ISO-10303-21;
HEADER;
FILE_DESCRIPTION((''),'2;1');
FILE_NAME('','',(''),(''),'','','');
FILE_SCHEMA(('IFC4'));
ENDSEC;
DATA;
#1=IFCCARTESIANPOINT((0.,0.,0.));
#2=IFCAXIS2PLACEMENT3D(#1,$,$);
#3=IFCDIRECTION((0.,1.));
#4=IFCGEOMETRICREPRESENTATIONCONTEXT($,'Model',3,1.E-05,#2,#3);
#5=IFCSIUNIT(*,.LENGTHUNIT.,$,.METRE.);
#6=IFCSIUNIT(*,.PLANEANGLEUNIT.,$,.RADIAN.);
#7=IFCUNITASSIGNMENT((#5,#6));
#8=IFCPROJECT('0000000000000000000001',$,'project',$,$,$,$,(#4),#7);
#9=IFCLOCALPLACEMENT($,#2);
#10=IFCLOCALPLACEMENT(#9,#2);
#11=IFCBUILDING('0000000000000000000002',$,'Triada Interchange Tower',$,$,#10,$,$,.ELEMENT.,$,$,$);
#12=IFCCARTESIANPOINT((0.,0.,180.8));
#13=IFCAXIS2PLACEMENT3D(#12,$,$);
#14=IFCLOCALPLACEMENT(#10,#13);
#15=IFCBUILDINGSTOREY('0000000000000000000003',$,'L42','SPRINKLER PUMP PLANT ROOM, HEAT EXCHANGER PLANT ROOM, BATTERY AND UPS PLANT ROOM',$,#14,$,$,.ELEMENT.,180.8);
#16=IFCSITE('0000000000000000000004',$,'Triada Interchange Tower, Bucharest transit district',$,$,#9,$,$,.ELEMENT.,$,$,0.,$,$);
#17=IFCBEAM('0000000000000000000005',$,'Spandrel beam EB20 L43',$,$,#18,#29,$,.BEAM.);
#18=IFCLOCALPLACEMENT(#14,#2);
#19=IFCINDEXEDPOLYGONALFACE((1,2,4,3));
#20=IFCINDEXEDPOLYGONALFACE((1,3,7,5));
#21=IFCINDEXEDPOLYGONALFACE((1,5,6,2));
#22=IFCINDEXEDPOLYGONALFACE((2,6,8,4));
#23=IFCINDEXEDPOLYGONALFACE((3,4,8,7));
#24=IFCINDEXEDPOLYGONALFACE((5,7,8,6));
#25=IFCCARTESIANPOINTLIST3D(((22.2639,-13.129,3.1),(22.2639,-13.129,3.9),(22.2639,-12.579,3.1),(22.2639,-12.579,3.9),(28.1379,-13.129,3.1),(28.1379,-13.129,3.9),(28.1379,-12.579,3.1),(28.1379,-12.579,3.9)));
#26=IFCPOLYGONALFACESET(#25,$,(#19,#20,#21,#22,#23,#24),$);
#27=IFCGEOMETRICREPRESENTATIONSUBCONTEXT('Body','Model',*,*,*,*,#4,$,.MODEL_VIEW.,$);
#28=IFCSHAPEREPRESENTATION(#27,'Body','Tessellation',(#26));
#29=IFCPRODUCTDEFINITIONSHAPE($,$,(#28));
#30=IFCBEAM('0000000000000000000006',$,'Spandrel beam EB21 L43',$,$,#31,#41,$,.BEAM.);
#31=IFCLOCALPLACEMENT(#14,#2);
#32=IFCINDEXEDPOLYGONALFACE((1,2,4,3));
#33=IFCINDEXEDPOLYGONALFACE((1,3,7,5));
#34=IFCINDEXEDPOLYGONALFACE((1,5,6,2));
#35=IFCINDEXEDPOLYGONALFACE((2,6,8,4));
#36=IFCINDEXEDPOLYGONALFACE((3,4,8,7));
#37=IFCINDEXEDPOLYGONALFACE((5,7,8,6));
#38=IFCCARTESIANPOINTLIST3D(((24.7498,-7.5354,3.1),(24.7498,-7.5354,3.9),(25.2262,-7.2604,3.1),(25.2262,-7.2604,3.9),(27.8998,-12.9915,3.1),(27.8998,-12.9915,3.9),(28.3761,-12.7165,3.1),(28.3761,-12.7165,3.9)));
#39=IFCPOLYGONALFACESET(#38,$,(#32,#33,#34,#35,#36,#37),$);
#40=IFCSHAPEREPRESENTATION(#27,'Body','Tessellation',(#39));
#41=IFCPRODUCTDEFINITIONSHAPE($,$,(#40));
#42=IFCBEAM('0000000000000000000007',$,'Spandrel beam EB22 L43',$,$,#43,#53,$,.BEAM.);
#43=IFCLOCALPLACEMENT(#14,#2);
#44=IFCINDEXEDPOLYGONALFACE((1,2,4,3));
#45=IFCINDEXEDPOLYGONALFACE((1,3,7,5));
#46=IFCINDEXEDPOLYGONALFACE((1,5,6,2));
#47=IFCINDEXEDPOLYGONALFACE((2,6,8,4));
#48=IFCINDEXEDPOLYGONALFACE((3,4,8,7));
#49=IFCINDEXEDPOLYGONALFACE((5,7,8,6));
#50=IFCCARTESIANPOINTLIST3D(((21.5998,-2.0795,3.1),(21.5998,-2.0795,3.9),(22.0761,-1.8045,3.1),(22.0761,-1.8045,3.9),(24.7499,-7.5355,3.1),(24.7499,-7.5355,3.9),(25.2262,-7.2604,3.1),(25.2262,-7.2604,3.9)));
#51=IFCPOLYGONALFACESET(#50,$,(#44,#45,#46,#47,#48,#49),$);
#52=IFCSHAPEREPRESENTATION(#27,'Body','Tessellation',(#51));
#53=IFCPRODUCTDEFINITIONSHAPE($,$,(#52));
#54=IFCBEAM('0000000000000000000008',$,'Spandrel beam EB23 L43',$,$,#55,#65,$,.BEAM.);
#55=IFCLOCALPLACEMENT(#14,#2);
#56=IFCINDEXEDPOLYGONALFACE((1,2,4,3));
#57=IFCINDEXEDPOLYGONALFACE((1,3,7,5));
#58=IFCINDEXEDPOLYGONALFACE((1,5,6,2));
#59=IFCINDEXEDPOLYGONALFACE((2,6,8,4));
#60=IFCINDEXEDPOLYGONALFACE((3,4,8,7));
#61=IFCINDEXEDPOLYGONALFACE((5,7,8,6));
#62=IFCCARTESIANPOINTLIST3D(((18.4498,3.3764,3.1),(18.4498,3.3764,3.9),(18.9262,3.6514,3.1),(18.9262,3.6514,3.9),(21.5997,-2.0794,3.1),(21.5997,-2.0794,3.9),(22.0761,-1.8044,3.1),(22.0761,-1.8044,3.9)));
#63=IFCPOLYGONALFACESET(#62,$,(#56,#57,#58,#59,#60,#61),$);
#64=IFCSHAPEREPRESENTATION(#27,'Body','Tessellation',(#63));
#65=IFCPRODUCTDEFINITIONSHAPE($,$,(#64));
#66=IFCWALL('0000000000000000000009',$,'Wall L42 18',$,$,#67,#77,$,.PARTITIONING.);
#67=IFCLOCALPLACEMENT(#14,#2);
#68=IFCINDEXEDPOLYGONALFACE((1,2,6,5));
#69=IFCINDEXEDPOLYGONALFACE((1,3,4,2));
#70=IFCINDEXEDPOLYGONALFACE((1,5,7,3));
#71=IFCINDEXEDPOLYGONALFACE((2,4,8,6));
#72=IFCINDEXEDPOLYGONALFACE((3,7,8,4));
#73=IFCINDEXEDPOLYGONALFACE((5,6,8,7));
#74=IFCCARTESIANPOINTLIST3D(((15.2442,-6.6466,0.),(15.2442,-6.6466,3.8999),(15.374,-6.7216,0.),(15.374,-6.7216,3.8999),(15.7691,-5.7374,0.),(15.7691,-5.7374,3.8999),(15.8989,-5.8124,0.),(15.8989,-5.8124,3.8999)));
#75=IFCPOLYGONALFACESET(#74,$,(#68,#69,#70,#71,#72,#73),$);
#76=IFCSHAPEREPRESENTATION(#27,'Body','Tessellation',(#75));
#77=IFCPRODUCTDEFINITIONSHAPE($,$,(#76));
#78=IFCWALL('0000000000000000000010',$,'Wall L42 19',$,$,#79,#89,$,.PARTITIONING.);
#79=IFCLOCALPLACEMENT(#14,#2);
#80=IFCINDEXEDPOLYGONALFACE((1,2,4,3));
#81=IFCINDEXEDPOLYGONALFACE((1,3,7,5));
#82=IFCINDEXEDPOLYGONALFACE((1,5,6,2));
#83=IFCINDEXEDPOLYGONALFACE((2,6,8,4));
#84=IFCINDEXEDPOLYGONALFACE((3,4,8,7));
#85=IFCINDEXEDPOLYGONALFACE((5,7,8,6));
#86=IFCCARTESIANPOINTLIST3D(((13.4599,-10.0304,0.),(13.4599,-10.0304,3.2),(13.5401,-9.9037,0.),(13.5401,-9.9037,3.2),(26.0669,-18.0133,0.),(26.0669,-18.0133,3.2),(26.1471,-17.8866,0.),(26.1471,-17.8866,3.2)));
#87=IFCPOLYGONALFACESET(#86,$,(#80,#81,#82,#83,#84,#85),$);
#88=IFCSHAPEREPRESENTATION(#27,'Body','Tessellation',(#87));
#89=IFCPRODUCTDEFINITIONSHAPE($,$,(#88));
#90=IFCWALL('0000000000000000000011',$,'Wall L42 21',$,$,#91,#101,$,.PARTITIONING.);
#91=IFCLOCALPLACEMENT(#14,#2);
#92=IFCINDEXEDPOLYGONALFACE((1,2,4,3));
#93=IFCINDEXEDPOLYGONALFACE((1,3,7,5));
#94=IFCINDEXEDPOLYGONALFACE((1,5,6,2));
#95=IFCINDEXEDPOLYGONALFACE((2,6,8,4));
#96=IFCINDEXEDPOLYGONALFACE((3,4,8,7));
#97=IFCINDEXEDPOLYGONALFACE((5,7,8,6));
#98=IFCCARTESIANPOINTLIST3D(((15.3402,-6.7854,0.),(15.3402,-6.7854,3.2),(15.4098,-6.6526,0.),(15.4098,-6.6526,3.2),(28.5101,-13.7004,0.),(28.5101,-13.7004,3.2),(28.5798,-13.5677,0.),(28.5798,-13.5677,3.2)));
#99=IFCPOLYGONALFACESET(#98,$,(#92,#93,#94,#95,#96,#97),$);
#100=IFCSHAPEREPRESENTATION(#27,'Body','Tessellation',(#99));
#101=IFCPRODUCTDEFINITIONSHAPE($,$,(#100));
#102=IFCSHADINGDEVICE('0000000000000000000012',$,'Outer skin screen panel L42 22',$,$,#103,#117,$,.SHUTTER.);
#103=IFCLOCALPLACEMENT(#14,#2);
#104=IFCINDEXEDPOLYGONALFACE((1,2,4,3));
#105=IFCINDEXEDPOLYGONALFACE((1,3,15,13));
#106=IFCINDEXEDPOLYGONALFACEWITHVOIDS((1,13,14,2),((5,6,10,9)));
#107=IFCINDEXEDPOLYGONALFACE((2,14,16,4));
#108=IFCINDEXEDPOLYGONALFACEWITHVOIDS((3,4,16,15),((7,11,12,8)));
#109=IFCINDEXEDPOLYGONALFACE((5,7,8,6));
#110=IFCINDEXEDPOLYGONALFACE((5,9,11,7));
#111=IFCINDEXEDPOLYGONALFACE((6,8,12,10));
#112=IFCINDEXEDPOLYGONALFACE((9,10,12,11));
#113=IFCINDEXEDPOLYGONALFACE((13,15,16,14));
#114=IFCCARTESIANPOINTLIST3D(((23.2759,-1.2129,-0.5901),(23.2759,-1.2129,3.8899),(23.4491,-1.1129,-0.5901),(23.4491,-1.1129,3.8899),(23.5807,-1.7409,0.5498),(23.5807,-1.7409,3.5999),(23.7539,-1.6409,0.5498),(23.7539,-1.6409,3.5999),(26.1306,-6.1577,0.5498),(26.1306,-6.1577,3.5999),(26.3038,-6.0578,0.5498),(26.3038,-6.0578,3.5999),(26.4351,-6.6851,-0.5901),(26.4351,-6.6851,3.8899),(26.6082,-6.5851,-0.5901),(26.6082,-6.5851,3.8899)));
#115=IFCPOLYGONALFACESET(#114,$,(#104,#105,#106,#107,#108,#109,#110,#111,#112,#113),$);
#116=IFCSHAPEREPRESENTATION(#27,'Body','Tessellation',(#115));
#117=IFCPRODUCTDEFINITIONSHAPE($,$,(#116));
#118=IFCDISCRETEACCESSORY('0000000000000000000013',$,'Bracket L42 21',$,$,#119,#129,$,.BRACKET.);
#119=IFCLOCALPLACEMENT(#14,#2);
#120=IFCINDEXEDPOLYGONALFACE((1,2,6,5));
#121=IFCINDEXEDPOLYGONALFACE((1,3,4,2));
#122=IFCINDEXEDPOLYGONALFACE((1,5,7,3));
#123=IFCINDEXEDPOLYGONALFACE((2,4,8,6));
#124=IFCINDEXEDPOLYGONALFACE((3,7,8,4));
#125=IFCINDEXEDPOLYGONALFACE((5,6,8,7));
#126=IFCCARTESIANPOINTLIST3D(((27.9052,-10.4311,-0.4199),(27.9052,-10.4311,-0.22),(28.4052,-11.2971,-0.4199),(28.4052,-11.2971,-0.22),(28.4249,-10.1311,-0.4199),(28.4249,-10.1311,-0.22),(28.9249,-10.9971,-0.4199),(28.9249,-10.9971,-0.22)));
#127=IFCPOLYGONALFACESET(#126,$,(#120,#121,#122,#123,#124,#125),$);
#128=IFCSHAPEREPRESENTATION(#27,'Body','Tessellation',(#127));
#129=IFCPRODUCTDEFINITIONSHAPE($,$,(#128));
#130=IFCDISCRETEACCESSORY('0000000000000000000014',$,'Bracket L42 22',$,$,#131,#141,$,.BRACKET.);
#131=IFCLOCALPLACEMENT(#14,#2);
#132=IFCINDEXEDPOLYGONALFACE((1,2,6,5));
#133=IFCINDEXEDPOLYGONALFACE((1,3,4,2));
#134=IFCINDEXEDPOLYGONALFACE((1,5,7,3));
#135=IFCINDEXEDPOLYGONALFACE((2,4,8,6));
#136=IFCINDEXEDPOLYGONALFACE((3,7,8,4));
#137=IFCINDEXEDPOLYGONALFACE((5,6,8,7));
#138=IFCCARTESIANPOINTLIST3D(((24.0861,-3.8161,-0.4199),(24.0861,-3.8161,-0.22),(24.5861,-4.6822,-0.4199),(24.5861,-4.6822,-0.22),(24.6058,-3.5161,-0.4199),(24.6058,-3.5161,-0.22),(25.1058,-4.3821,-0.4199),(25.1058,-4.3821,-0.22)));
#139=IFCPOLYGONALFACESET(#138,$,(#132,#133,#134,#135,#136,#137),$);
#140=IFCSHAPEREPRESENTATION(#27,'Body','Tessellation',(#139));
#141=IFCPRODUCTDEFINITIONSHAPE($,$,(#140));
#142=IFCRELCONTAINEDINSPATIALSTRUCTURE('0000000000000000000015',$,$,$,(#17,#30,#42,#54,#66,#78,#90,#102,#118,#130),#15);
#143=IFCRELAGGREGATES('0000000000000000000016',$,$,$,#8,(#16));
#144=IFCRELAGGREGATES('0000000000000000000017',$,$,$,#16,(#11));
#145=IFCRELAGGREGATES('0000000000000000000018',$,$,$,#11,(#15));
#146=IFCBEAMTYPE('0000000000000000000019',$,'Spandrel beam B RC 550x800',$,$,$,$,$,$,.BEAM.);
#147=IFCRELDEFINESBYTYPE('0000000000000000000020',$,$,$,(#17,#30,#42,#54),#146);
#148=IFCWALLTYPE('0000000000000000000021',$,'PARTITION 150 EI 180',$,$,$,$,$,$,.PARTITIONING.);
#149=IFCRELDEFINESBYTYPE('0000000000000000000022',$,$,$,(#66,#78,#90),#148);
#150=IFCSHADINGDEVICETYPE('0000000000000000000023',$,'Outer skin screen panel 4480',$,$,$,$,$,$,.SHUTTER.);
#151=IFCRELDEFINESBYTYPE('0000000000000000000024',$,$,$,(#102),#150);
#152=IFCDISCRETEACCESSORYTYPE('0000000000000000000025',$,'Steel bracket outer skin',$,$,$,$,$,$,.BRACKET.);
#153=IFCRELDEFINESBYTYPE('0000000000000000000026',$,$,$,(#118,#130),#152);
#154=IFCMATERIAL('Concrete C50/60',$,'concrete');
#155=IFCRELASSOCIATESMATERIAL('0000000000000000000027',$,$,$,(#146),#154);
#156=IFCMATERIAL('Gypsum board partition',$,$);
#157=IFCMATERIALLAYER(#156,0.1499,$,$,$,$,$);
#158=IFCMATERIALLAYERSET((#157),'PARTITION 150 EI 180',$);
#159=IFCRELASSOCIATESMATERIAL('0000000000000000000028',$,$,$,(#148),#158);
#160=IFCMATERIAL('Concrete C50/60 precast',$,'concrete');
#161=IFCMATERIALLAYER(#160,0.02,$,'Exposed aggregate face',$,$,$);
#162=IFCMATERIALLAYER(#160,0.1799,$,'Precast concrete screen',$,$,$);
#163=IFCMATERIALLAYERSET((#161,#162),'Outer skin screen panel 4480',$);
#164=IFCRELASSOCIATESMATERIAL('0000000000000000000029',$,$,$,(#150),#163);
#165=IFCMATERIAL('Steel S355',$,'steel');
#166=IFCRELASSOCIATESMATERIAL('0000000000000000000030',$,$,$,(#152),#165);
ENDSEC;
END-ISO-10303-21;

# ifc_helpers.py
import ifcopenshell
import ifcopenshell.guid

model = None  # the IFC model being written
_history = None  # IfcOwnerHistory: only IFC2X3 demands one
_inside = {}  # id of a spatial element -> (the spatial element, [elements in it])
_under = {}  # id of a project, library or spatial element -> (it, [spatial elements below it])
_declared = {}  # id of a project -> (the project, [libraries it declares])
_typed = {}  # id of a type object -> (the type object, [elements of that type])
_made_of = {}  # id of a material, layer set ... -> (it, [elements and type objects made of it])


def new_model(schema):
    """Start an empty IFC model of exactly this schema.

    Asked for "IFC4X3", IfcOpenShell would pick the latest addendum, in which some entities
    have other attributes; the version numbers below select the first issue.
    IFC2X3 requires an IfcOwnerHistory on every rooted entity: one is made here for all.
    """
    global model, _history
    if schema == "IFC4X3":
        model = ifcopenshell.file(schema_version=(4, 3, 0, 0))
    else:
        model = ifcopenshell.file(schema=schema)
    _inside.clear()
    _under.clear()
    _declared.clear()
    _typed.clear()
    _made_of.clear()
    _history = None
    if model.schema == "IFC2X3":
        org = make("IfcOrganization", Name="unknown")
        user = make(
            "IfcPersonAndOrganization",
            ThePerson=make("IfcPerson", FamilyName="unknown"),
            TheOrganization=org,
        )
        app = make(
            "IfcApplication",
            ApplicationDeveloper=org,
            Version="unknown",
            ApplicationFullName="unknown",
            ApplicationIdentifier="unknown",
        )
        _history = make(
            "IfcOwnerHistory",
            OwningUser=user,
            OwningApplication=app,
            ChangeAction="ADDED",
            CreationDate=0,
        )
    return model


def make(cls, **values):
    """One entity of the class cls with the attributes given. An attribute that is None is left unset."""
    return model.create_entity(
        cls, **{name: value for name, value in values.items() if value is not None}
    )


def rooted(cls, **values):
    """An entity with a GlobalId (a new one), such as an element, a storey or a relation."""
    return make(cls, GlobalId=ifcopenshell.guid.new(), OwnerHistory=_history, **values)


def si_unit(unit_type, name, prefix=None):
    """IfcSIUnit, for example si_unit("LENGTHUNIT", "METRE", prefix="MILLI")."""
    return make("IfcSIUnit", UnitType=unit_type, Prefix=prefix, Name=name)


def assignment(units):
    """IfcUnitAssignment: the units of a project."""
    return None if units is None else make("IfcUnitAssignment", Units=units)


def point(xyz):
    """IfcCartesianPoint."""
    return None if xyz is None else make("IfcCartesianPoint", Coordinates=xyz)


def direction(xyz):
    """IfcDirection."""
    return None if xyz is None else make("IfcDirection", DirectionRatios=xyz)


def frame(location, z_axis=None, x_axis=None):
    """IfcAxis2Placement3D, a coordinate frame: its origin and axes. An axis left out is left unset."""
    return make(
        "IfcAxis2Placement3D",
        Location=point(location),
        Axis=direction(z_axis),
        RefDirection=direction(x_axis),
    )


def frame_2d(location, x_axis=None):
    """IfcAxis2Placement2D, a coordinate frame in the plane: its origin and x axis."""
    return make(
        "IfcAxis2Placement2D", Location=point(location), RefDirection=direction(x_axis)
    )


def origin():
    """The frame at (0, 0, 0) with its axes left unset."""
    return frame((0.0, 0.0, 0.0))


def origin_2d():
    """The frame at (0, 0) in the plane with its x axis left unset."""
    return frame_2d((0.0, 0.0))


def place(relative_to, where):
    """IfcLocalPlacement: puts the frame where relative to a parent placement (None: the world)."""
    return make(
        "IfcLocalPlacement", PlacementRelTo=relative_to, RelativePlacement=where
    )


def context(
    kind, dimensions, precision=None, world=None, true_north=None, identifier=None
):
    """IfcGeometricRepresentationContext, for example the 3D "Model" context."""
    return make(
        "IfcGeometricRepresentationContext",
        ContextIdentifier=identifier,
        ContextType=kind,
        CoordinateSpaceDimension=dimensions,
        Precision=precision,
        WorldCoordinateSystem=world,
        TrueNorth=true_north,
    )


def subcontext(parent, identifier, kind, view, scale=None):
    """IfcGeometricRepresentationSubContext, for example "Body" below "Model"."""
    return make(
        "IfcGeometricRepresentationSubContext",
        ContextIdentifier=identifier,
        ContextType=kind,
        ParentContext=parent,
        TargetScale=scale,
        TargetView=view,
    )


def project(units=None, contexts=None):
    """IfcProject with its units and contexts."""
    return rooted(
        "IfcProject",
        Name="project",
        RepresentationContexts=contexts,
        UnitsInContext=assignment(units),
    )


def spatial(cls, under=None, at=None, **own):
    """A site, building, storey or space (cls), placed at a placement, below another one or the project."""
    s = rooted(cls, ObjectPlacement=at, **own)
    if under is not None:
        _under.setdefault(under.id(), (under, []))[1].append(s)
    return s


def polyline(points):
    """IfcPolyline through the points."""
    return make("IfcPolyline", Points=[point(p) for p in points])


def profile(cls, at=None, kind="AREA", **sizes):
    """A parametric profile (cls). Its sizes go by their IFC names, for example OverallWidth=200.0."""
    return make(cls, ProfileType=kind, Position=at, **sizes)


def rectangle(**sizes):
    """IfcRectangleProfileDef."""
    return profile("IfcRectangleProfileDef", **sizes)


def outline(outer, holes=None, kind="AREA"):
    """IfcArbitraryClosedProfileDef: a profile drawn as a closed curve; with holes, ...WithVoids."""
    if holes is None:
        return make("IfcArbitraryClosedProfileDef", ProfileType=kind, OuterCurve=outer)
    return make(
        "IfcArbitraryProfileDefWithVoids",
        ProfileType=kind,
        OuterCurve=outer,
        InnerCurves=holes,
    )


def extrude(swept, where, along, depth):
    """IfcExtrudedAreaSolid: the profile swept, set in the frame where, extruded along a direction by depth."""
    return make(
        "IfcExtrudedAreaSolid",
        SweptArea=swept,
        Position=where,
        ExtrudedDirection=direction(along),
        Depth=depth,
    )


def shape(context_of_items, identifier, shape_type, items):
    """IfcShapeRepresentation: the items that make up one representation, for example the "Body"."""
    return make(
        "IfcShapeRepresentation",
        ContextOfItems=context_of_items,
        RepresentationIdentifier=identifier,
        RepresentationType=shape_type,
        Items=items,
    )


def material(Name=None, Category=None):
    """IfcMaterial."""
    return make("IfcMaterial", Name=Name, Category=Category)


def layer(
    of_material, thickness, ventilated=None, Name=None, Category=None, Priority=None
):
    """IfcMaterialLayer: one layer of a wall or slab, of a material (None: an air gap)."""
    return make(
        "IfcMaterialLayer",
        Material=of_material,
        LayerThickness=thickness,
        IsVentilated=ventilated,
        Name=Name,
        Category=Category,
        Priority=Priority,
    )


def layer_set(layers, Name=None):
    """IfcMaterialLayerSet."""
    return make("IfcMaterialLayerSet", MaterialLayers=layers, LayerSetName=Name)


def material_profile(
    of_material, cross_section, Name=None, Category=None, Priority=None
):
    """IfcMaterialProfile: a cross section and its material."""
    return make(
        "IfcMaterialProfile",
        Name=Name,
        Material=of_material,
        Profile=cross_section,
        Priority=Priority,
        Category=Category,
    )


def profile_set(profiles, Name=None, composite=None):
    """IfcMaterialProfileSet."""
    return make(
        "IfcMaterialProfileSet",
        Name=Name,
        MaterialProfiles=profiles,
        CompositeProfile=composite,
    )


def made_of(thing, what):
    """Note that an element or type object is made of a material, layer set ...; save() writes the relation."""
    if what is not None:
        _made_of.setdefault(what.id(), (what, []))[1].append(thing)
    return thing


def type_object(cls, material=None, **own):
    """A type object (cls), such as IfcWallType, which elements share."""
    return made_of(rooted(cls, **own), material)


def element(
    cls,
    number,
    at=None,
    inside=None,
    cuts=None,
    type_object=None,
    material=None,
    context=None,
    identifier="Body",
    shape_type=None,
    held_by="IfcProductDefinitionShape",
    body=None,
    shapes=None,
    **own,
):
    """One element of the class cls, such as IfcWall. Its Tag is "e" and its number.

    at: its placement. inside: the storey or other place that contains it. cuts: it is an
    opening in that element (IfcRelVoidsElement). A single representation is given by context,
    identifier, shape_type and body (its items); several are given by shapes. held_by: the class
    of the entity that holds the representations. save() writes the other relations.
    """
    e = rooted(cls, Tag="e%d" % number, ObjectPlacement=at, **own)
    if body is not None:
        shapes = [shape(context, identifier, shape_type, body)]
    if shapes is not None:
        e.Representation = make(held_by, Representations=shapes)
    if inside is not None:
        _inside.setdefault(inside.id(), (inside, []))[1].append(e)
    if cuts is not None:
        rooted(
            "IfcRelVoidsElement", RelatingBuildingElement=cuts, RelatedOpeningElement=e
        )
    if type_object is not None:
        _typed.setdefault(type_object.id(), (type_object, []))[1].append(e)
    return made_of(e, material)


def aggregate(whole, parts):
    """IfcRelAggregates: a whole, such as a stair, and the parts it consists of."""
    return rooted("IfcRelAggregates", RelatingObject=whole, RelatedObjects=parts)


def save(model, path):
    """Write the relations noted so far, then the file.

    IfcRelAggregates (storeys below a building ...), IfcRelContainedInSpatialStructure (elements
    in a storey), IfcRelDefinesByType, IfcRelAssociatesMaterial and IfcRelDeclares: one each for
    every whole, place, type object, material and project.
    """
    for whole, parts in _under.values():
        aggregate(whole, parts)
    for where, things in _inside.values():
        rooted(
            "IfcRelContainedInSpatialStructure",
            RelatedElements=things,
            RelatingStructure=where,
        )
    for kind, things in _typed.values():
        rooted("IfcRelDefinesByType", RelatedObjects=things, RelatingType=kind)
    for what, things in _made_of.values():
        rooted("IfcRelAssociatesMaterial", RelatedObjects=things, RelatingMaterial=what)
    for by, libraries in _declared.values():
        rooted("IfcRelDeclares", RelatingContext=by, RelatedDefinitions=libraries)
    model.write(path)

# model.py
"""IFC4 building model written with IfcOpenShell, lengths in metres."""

from ifc_helpers import new_model, si_unit, direction, frame, frame_2d, origin, origin_2d, place, context, subcontext, project, spatial, polyline, rectangle, outline, extrude, material, layer, layer_set, material_profile, profile_set, type_object, element, save


model = new_model("IFC4")

# Units and contexts
model_context = context("Model", 3, precision=1e-05, world=origin(), true_north=direction((0.0, 1.0)))
body_context = subcontext(model_context, "Body", "Model", "MODEL_VIEW")
ifc_project = project(units=[si_unit("LENGTHUNIT", "METRE"), si_unit("PLANEANGLEUNIT", "RADIAN")], contexts=[model_context])

# Site, building, storey
site_placement = place(None, origin())
site = spatial("IfcSite", under=ifc_project, at=site_placement, Name="Triada Interchange Tower, Bucharest transit district", CompositionType="ELEMENT", RefElevation=0.0)
building_placement = place(site_placement, origin())
building = spatial("IfcBuilding", under=site, at=building_placement, Name="Triada Interchange Tower", CompositionType="ELEMENT")
storey_placement = place(building_placement, frame((0.0, 0.0, 180.8)))
storey = spatial("IfcBuildingStorey", under=building, at=storey_placement, Name="L42", Description="SPRINKLER PUMP PLANT ROOM, HEAT EXCHANGER PLANT ROOM, BATTERY AND UPS PLANT ROOM", CompositionType="ELEMENT", Elevation=180.8)

# Shared definitions
ifc_material_1 = material(Name="Steel S355", Category="steel")

# Beams
ifc_material_2 = material(Name="Concrete C50/60", Category="concrete")
ifc_material_profile_1 = material_profile(ifc_material_2, rectangle(XDim=0.55, YDim=0.8, at=origin_2d()), Name="RC 550x800")
ifc_profile_set_1 = profile_set([ifc_material_profile_1], Name="Concrete C50/60")
beam_type_1 = type_object("IfcBeamType", Name="Spandrel beam B RC 550x800", PredefinedType="BEAM", material=ifc_profile_set_1)
beam_1_placement = place(storey_placement, frame((22.2639, -12.854, 3.5), z_axis=(1.0, 0.0, 0.0), x_axis=(0.0, 1.0, 0.0)))
element("IfcBeam", 1, at=beam_1_placement, inside=storey, type_object=beam_type_1, Name="Spandrel beam EB20 L43", PredefinedType="BEAM", context=body_context, shape_type="SweptSolid", body=[
    extrude(rectangle(XDim=0.55, YDim=0.8, at=origin_2d()), origin(), (0.0, 0.0, 1.0), 5.874),
])
for number, where, z_axis, x_axis, name in (
    (2, (28.1379, -12.854, 3.5), (-0.499982, 0.866036, 0.0), (-0.866036, -0.499982, 0.0), "Spandrel beam EB21 L43"),
    (3, (24.988, -7.3979, 3.5), (-0.500011, 0.866019, 0.0), (-0.866019, -0.500011, 0.0), "Spandrel beam EB22 L43"),
):
    element("IfcBeam", number, at=place(storey_placement, frame(where, z_axis=z_axis, x_axis=x_axis)), inside=storey, type_object=beam_type_1, Name=name, PredefinedType="BEAM", context=body_context, shape_type="SweptSolid", body=[
        extrude(rectangle(XDim=0.55, YDim=0.8, at=origin_2d()), origin(), (0.0, 0.0, 1.0), 6.3),
    ])
beam_2_placement = place(storey_placement, frame((21.8379, -1.9419, 3.5), z_axis=(-0.499999, 0.866026, 0.0), x_axis=(-0.866026, -0.499999, 0.0)))
element("IfcBeam", 4, at=beam_2_placement, inside=storey, type_object=beam_type_1, Name="Spandrel beam EB23 L43", PredefinedType="BEAM", context=body_context, shape_type="SweptSolid", body=[
    extrude(rectangle(XDim=0.55, YDim=0.8, at=origin_2d()), origin(), (0.0, 0.0, 1.0), 6.2998),
])

# Walls
ifc_material_3 = material(Name="Gypsum board partition")
ifc_layer_1 = layer(ifc_material_3, 0.1499)
ifc_layer_set_1 = layer_set([ifc_layer_1], Name="PARTITION 150 EI 180")
wall_type = type_object("IfcWallType", Name="PARTITION 150 EI 180", PredefinedType="PARTITIONING", material=ifc_layer_set_1)
wall_1_placement = place(storey_placement, frame((15.3091, -6.6841, 0.0), z_axis=(0.0, 0.0, 1.0), x_axis=(0.499991, 0.866031, 0.0)))
element("IfcWall", 5, at=wall_1_placement, inside=storey, type_object=wall_type, Name="Wall L42 18", PredefinedType="PARTITIONING", context=body_context, shape_type="SweptSolid", body=[
    extrude(rectangle(XDim=1.0498, YDim=0.1499, at=frame_2d((0.5249, 0.0))), origin(), (0.0, 0.0, 1.0), 3.8999),
])
wall_2_placement = place(storey_placement, frame((13.5, -9.967, 0.0), z_axis=(0.0, 0.0, 1.0), x_axis=(0.844864, -0.534981, 0.0)))
element("IfcWall", 6, at=wall_2_placement, inside=storey, type_object=wall_type, Name="Wall L42 19", PredefinedType="PARTITIONING", context=body_context, shape_type="SweptSolid", body=[
    extrude(rectangle(XDim=14.9219, YDim=0.1499, at=frame_2d((7.4609, 0.0))), origin(), (0.0, 0.0, 1.0), 3.2),
])
wall_3_placement = place(storey_placement, frame((15.375, -6.719, 0.0), z_axis=(0.0, 0.0, 1.0), x_axis=(0.885375, -0.464878, 0.0)))
element("IfcWall", 7, at=wall_3_placement, inside=storey, type_object=wall_type, Name="Wall L42 21", PredefinedType="PARTITIONING", context=body_context, shape_type="SweptSolid", body=[
    extrude(rectangle(XDim=14.875, YDim=0.1499, at=frame_2d((7.4375, 0.0))), origin(), (0.0, 0.0, 1.0), 3.2),
])

# Shading device
ifc_material_4 = material(Name="Concrete C50/60 precast", Category="concrete")
ifc_layer_2 = layer(ifc_material_4, 0.02, Name="Exposed aggregate face")
ifc_layer_3 = layer(ifc_material_4, 0.1799, Name="Precast concrete screen")
ifc_layer_set_2 = layer_set([ifc_layer_2, ifc_layer_3], Name="Outer skin screen panel 4480")
shading_device_type = type_object("IfcShadingDeviceType", Name="Outer skin screen panel 4480", PredefinedType="SHUTTER", material=ifc_layer_set_2)
shading_device_placement = place(storey_placement, frame((26.4351, -6.6851, -0.5901), z_axis=(0.0, 0.0, 1.0), x_axis=(-0.499979, 0.866038, 0.0)))
element("IfcShadingDevice", 8, at=shading_device_placement, inside=storey, type_object=shading_device_type, Name="Outer skin screen panel L42 22", PredefinedType="SHUTTER", context=body_context, shape_type="SweptSolid", body=[
    extrude(outline(polyline([(0.0, 0.0), (6.3186, 0.0), (6.3186, 4.48), (0.0, 4.48), (0.0, 0.0)]), holes=[polyline([(0.6089, 1.1399), (0.6089, 4.1899), (5.709, 4.1899), (5.709, 1.1399), (0.6089, 1.1399)])]), frame((0.0, 0.0, 0.0), z_axis=(0.0, -1.0, 0.0), x_axis=(1.0, 0.0, 0.0)), (0.0, 0.0, 1.0), 0.2),
])

# Discrete accessories
discrete_accessory_type = type_object("IfcDiscreteAccessoryType", Name="Steel bracket outer skin", PredefinedType="BRACKET", material=ifc_material_1)
for number, where, z_axis, x_axis, name in (
    (9, (28.415, -10.7141, -0.4199), (0.0, 0.0, 1.0), (0.866021, 0.500007, 0.0), "Bracket L42 21"),
    (10, (24.5959, -4.0991, -0.4199), (0.0, 0.0, 1.0), (0.866021, 0.500007, 0.0), "Bracket L42 22"),
):
    element("IfcDiscreteAccessory", number, at=place(storey_placement, frame(where, z_axis=z_axis, x_axis=x_axis)), inside=storey, type_object=discrete_accessory_type, Name=name, PredefinedType="BRACKET", context=body_context, shape_type="SweptSolid", body=[
        extrude(rectangle(XDim=0.6001, YDim=1.0, at=origin_2d()), origin(), (0.0, 0.0, 1.0), 0.2),
    ])

save(model, "model.ifc")
